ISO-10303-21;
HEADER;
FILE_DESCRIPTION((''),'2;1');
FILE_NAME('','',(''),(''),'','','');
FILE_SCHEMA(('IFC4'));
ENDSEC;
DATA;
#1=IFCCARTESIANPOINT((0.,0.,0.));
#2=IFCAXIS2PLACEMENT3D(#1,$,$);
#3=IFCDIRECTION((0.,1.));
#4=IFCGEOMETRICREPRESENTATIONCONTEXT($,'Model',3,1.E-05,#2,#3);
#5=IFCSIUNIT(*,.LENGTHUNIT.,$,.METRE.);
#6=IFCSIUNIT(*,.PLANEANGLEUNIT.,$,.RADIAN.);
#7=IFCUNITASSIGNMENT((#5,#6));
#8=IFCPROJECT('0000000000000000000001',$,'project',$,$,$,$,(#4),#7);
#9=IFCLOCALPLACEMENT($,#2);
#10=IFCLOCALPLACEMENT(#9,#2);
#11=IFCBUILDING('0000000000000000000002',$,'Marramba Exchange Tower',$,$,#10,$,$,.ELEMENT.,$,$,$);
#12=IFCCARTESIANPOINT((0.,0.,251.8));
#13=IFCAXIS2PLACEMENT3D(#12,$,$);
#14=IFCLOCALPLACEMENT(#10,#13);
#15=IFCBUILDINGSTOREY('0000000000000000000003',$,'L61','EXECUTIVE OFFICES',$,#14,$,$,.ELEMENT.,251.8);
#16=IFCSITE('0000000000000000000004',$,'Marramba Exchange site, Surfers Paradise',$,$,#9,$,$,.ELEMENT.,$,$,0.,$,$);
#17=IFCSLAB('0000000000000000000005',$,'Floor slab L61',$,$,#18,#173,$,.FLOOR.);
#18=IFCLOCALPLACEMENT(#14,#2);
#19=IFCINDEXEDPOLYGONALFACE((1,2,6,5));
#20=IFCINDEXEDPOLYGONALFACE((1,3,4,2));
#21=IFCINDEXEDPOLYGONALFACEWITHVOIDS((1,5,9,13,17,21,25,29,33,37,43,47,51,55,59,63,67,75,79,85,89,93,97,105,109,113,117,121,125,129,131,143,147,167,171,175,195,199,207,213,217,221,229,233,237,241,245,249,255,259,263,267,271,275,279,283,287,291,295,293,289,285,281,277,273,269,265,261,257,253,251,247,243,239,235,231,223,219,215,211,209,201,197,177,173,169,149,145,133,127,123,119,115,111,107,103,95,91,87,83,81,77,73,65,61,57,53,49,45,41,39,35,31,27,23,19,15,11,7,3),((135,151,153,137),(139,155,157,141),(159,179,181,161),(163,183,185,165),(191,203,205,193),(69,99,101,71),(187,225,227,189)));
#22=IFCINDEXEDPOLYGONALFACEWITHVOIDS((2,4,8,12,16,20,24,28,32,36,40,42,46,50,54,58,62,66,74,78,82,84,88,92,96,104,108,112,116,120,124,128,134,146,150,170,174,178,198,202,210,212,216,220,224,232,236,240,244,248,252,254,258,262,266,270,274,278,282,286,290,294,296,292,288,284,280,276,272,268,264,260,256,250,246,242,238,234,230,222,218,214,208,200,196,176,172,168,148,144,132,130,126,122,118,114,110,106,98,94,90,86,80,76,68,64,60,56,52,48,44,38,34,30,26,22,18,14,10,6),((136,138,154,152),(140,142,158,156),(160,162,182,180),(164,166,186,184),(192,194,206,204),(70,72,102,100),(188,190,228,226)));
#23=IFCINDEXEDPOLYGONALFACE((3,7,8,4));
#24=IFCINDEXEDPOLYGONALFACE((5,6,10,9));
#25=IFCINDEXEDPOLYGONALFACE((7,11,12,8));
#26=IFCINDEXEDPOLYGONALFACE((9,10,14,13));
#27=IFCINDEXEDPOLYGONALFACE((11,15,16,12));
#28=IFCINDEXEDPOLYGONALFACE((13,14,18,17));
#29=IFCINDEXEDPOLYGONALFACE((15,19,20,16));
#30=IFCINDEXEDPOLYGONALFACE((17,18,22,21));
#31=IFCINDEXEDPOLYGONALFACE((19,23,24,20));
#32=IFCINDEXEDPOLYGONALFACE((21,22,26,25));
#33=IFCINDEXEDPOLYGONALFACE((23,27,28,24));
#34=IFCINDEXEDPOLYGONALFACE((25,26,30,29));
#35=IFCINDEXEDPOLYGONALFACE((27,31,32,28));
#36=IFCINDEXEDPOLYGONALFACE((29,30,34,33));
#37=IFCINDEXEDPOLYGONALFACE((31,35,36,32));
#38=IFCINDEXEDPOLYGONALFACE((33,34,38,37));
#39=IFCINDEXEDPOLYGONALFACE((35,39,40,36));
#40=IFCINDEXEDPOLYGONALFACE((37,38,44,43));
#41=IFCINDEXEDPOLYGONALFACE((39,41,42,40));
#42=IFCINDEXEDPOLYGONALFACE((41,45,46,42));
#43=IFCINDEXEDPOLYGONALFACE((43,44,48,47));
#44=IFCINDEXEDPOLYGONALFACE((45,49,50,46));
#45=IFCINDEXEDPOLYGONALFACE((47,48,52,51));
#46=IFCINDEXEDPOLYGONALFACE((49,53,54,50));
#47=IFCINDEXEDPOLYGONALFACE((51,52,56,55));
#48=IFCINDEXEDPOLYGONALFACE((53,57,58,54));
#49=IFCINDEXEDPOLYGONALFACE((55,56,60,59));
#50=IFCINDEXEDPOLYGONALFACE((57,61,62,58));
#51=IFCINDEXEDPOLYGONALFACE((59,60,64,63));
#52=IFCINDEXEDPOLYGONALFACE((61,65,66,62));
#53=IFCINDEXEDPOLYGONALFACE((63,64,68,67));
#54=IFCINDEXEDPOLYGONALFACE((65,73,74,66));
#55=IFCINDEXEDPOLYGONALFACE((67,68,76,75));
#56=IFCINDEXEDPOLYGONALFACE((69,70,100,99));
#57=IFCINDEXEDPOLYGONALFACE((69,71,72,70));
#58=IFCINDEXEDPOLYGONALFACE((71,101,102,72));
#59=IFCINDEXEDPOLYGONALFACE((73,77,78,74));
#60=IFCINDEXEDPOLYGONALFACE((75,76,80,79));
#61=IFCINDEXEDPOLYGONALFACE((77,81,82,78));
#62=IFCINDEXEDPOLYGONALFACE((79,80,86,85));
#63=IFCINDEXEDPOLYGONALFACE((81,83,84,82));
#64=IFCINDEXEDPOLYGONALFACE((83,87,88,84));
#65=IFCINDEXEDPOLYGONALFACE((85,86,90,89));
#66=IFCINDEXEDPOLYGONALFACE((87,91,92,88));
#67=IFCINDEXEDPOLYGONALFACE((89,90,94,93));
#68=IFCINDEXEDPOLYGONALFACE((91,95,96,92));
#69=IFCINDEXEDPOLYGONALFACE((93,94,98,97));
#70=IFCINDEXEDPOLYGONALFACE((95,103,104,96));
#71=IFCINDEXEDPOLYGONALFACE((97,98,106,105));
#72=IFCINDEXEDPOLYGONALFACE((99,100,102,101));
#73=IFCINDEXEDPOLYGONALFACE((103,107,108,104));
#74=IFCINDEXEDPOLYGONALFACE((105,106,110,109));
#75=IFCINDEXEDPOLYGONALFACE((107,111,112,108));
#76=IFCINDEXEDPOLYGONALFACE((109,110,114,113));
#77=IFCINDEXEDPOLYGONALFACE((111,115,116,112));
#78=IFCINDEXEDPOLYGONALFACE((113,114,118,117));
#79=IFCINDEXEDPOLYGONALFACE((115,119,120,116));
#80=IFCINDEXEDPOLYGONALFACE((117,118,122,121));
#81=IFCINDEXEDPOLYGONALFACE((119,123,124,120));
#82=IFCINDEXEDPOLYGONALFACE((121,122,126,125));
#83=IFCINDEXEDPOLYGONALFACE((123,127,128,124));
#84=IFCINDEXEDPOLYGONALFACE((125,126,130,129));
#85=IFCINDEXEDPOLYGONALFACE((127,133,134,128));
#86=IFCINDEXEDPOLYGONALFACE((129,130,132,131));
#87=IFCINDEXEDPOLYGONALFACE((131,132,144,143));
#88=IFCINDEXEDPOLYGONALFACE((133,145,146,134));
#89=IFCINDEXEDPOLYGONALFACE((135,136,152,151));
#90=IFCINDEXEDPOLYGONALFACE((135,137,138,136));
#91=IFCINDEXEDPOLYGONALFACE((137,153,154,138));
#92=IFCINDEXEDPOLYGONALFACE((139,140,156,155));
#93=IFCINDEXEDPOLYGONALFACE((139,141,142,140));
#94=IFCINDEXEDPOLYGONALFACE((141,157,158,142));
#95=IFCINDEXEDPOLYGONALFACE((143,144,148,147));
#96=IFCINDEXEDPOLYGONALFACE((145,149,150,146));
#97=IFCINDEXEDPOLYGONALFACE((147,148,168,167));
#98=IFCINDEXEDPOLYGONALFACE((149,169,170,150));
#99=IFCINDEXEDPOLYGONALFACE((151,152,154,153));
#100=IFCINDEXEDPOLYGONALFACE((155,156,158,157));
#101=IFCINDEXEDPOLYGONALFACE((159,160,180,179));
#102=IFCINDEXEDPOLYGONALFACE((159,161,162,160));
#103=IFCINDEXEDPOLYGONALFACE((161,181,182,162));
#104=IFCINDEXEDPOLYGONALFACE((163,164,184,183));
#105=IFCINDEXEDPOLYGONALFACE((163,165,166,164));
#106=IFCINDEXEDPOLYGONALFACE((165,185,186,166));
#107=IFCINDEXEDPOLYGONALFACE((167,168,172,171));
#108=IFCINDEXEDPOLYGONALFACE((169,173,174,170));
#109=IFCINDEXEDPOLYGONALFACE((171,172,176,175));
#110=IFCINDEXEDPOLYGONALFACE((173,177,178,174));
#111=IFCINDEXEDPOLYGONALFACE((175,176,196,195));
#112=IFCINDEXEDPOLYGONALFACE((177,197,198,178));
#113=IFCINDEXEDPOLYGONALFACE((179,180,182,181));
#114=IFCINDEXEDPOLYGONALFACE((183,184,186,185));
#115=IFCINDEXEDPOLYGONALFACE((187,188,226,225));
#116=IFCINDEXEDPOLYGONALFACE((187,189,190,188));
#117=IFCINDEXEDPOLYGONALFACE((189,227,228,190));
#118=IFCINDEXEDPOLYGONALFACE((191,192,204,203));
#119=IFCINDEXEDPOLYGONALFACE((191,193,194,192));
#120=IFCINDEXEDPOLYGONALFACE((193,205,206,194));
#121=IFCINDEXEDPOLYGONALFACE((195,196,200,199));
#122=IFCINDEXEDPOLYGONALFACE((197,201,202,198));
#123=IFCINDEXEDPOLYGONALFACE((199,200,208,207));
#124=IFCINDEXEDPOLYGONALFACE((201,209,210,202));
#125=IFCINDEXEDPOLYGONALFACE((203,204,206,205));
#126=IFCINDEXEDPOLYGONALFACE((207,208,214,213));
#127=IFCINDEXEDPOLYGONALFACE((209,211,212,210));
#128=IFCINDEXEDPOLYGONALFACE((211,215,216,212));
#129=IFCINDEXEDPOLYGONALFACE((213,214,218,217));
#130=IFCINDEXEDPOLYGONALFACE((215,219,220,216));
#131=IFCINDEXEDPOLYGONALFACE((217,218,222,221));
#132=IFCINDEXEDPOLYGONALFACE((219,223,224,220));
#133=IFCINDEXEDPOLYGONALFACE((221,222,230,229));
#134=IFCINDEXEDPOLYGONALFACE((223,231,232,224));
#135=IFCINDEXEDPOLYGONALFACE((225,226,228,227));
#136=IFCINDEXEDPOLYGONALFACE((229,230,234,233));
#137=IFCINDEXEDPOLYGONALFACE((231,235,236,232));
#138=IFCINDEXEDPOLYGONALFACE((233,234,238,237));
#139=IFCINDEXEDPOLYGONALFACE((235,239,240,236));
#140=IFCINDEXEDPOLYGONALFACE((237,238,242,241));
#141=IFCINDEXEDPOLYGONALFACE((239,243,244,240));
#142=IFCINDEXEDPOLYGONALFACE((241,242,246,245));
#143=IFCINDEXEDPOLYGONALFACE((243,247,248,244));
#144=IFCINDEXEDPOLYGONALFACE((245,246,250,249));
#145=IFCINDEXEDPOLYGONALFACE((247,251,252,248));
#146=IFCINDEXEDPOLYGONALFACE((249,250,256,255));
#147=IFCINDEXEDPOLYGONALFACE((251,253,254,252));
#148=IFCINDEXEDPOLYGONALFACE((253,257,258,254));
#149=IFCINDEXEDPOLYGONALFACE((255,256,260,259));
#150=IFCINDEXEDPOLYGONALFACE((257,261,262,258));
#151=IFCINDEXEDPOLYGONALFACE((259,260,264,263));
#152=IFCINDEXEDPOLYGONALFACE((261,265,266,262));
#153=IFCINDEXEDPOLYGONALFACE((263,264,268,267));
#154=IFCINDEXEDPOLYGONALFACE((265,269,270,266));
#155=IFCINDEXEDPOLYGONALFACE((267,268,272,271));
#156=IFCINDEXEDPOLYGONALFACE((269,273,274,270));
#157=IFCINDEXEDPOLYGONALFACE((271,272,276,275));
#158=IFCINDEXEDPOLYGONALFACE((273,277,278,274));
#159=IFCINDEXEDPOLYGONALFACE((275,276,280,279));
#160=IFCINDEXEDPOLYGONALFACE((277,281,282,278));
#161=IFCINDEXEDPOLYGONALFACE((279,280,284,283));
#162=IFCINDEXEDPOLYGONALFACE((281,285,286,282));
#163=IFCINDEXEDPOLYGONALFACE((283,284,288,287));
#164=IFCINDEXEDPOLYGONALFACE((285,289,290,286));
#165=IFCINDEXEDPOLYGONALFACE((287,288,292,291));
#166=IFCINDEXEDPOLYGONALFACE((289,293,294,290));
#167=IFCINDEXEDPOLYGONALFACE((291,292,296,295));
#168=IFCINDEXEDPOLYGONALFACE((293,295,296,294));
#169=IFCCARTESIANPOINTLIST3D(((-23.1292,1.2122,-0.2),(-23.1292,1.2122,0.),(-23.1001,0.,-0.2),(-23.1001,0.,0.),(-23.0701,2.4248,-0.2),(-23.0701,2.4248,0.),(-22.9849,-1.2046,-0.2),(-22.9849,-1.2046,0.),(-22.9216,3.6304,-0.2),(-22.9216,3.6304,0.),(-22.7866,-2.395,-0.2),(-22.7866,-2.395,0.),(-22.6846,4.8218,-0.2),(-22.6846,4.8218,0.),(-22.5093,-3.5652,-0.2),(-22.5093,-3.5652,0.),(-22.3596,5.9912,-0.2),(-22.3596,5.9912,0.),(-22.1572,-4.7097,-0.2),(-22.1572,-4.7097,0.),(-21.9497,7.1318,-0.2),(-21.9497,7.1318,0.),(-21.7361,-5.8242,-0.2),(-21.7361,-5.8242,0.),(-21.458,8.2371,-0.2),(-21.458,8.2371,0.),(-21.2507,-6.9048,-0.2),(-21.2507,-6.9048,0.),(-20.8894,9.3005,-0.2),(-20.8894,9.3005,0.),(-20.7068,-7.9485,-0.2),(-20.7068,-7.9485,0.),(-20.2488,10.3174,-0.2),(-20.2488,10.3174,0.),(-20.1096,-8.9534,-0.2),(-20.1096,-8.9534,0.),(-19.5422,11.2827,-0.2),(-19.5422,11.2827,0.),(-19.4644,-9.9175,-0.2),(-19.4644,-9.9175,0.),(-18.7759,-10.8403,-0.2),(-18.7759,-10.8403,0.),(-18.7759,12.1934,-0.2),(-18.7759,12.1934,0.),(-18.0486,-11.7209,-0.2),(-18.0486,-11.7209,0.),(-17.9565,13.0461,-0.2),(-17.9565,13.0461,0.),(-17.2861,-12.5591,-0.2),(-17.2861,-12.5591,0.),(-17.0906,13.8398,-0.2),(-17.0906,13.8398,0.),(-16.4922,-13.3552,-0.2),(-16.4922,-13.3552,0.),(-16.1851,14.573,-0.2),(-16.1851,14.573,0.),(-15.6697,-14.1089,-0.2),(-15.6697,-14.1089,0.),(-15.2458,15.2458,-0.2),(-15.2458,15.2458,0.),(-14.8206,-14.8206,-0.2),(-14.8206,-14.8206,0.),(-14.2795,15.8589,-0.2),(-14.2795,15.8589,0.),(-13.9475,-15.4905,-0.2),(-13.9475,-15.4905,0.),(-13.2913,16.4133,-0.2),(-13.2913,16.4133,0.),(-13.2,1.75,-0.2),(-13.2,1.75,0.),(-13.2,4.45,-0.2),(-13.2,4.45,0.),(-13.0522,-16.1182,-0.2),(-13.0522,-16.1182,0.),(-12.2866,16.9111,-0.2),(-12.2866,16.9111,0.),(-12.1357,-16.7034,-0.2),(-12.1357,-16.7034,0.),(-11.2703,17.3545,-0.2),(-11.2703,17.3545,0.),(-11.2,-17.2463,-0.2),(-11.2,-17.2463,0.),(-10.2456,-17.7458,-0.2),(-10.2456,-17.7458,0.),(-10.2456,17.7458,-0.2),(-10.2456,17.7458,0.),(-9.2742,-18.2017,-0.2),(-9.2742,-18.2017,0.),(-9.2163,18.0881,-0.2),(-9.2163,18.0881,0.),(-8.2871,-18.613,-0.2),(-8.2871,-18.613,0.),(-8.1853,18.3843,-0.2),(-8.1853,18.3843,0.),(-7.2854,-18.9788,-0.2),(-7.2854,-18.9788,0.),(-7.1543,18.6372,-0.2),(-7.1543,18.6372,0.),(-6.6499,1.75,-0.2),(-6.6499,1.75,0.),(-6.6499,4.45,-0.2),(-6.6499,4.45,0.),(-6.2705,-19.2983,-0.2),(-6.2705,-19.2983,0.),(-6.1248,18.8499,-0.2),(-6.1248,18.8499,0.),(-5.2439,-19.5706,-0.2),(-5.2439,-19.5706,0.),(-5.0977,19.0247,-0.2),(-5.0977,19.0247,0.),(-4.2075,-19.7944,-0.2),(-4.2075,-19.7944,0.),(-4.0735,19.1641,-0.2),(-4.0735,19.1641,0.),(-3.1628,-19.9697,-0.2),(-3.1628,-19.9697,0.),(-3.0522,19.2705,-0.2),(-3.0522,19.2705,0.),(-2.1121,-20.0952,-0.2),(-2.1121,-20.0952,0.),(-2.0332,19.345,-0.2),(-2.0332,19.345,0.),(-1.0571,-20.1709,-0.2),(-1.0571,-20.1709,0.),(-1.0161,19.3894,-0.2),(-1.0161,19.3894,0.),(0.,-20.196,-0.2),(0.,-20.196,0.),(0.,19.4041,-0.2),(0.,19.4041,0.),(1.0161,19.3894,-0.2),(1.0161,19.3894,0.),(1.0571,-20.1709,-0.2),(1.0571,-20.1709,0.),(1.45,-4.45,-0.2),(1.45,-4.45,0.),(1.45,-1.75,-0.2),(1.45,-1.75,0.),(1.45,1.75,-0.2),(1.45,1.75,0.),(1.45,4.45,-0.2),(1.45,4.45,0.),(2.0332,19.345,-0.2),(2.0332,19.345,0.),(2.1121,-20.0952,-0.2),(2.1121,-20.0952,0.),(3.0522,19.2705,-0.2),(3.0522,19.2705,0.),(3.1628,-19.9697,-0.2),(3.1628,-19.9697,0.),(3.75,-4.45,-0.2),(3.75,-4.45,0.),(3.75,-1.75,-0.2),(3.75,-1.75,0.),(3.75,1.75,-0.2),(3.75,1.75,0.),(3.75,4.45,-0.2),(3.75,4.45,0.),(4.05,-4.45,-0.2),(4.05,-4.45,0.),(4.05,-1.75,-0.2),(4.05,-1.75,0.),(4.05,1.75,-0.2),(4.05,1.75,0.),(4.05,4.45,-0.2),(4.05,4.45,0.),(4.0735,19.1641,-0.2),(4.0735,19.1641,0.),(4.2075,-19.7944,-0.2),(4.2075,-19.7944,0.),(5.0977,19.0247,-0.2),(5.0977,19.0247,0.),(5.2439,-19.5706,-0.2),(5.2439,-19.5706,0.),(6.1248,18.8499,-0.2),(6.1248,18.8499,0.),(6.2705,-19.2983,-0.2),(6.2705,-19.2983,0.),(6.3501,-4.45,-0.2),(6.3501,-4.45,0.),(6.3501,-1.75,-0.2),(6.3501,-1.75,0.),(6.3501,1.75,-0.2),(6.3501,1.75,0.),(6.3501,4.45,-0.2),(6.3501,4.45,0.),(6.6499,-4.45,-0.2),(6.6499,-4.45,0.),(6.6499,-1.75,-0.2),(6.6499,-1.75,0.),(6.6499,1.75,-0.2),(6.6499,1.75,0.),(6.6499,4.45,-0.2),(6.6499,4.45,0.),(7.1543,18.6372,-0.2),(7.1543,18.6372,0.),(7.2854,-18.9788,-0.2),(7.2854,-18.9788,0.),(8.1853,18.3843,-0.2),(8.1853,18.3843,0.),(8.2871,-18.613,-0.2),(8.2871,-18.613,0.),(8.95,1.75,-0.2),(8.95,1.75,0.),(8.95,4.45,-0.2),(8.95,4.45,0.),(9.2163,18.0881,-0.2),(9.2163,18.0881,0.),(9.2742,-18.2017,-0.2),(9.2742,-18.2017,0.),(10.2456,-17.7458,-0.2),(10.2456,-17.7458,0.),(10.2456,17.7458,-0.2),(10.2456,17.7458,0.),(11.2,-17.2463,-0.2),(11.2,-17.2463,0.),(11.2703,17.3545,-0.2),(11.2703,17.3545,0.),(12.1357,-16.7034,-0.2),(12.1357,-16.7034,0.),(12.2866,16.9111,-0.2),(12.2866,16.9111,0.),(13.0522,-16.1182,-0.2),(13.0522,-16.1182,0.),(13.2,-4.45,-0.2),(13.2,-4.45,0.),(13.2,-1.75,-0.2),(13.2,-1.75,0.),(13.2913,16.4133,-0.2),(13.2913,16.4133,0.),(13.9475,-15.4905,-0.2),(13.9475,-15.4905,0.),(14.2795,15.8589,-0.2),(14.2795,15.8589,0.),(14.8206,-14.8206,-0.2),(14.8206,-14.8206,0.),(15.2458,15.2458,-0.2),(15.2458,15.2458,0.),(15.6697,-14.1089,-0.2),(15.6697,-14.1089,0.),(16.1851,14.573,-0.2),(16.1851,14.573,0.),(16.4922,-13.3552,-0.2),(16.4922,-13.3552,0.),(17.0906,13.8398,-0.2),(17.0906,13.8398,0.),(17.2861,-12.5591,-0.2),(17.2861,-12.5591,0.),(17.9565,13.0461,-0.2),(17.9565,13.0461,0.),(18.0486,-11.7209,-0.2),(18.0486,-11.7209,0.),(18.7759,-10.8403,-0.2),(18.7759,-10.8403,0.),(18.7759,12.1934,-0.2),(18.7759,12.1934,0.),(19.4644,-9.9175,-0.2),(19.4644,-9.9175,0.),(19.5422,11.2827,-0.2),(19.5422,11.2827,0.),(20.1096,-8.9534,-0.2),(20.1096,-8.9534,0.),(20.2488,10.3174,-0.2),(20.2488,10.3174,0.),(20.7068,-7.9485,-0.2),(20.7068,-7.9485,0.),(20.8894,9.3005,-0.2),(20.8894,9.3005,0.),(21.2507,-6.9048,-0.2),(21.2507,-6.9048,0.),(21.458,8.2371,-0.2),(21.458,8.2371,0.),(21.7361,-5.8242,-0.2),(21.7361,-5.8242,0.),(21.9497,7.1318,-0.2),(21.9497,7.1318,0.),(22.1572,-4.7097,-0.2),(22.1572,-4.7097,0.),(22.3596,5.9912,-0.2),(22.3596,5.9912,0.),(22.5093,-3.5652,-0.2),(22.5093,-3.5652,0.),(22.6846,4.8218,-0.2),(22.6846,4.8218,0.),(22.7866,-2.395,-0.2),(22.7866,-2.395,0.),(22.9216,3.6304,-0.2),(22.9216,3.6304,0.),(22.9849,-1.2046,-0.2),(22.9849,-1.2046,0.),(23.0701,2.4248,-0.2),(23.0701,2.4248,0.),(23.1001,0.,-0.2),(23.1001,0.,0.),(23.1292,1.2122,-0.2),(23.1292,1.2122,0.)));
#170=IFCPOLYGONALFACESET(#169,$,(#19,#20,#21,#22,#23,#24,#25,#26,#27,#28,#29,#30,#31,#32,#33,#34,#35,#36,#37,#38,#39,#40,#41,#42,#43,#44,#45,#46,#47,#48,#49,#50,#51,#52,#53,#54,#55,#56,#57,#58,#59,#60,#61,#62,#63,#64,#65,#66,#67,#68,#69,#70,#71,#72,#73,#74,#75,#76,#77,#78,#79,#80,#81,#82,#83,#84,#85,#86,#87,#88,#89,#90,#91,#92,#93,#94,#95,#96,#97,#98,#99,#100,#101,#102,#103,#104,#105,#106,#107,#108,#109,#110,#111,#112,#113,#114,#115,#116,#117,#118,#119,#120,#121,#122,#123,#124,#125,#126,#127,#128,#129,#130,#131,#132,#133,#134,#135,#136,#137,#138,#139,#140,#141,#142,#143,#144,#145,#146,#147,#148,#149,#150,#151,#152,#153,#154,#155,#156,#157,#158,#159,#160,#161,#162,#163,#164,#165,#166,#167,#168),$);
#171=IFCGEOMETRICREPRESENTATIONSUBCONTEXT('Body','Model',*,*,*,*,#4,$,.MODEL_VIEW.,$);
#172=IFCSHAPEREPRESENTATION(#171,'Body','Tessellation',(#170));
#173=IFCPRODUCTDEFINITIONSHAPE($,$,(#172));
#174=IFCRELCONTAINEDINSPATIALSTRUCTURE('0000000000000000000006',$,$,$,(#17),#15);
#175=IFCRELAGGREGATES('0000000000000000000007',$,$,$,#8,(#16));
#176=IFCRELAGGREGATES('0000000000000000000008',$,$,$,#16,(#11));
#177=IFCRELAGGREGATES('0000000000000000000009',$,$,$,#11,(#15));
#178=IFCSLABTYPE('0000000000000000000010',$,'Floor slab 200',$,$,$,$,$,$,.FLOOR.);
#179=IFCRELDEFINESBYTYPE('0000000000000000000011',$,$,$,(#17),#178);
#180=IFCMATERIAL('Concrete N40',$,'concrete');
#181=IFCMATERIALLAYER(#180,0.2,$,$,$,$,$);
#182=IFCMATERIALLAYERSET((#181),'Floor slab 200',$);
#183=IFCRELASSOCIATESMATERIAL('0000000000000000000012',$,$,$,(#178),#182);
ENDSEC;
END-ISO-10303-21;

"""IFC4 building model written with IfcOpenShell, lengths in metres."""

from ifc_helpers import new_model, si_unit, direction, frame, origin, place, context, subcontext, project, spatial, polyline, outline, extrude, material, layer, layer_set, type_object, element, save


model = new_model("IFC4")

# Units and contexts
model_context = context("Model", 3, precision=1e-05, world=origin(), true_north=direction((0.0, 1.0)))
body_context = subcontext(model_context, "Body", "Model", "MODEL_VIEW")
ifc_project = project(units=[si_unit("LENGTHUNIT", "METRE"), si_unit("PLANEANGLEUNIT", "RADIAN")], contexts=[model_context])

# Site, building, storey
site_placement = place(None, origin())
site = spatial("IfcSite", under=ifc_project, at=site_placement, Name="Marramba Exchange site, Surfers Paradise", CompositionType="ELEMENT", RefElevation=0.0)
building_placement = place(site_placement, origin())
building = spatial("IfcBuilding", under=site, at=building_placement, Name="Marramba Exchange Tower", CompositionType="ELEMENT")
storey_placement = place(building_placement, frame((0.0, 0.0, 251.8)))
storey = spatial("IfcBuildingStorey", under=building, at=storey_placement, Name="L61", Description="EXECUTIVE OFFICES", CompositionType="ELEMENT", Elevation=251.8)

# Slab
ifc_material_1 = material(Name="Concrete N40", Category="concrete")
ifc_layer_1 = layer(ifc_material_1, 0.2)
ifc_layer_set_1 = layer_set([ifc_layer_1], Name="Floor slab 200")
slab_type_1 = type_object("IfcSlabType", Name="Floor slab 200", PredefinedType="FLOOR", material=ifc_layer_set_1)
slab_1_placement = place(storey_placement, frame((0.0, 0.0, -0.2)))
element("IfcSlab", 1, at=slab_1_placement, inside=storey, type_object=slab_type_1, Name="Floor slab L61", PredefinedType="FLOOR", context=body_context, shape_type="SweptSolid", body=[
    extrude(outline(polyline([(23.1001, 0.0), (23.1292, 1.2122), (23.0701, 2.4248), (22.9216, 3.6304), (22.6846, 4.8218), (22.3596, 5.9912), (21.9497, 7.1318), (21.458, 8.2371), (20.8894, 9.3005), (20.2488, 10.3174), (19.5422, 11.2827), (18.7759, 12.1934), (17.9565, 13.0461), (17.0906, 13.8398), (16.1851, 14.573), (15.2458, 15.2458), (14.2795, 15.8589), (13.2913, 16.4133), (12.2866, 16.9111), (11.2703, 17.3545), (10.2456, 17.7458), (9.2163, 18.0881), (8.1853, 18.3843), (7.1543, 18.6372), (6.1248, 18.8499), (5.0977, 19.0247), (4.0735, 19.1641), (3.0522, 19.2705), (2.0332, 19.345), (1.0161, 19.3894), (0.0, 19.4041), (-1.0161, 19.3894), (-2.0332, 19.345), (-3.0522, 19.2705), (-4.0735, 19.1641), (-5.0977, 19.0247), (-6.1248, 18.8499), (-7.1543, 18.6372), (-8.1853, 18.3843), (-9.2163, 18.0881), (-10.2456, 17.7458), (-11.2703, 17.3545), (-12.2866, 16.9111), (-13.2913, 16.4133), (-14.2795, 15.8589), (-15.2458, 15.2458), (-16.1851, 14.573), (-17.0906, 13.8398), (-17.9565, 13.0461), (-18.7759, 12.1934), (-19.5422, 11.2827), (-20.2488, 10.3174), (-20.8894, 9.3005), (-21.458, 8.2371), (-21.9497, 7.1318), (-22.3596, 5.9912), (-22.6846, 4.8218), (-22.9216, 3.6304), (-23.0701, 2.4248), (-23.1292, 1.2122), (-23.1001, 0.0), (-22.9849, -1.2046), (-22.7866, -2.395), (-22.5093, -3.5652), (-22.1572, -4.7097), (-21.7361, -5.8242), (-21.2507, -6.9048), (-20.7068, -7.9485), (-20.1096, -8.9534), (-19.4644, -9.9175), (-18.7759, -10.8403), (-18.0486, -11.7209), (-17.2861, -12.5591), (-16.4922, -13.3552), (-15.6697, -14.1089), (-14.8206, -14.8206), (-13.9475, -15.4905), (-13.0522, -16.1182), (-12.1357, -16.7034), (-11.2, -17.2463), (-10.2456, -17.7458), (-9.2742, -18.2017), (-8.2871, -18.613), (-7.2854, -18.9788), (-6.2705, -19.2983), (-5.2439, -19.5706), (-4.2075, -19.7944), (-3.1628, -19.9697), (-2.1121, -20.0952), (-1.0571, -20.1709), (0.0, -20.196), (1.0571, -20.1709), (2.1121, -20.0952), (3.1628, -19.9697), (4.2075, -19.7944), (5.2439, -19.5706), (6.2705, -19.2983), (7.2854, -18.9788), (8.2871, -18.613), (9.2742, -18.2017), (10.2456, -17.7458), (11.2, -17.2463), (12.1357, -16.7034), (13.0522, -16.1182), (13.9475, -15.4905), (14.8206, -14.8206), (15.6697, -14.1089), (16.4922, -13.3552), (17.2861, -12.5591), (18.0486, -11.7209), (18.7759, -10.8403), (19.4644, -9.9175), (20.1096, -8.9534), (20.7068, -7.9485), (21.2507, -6.9048), (21.7361, -5.8242), (22.1572, -4.7097), (22.5093, -3.5652), (22.7866, -2.395), (22.9849, -1.2046), (23.1001, 0.0)]), holes=[polyline([(1.45, 1.75), (3.75, 1.75), (3.75, 4.45), (1.45, 4.45), (1.45, 1.75)]), polyline([(4.05, 1.75), (6.3501, 1.75), (6.3501, 4.45), (4.05, 4.45), (4.05, 1.75)]), polyline([(1.45, -4.45), (3.75, -4.45), (3.75, -1.75), (1.45, -1.75), (1.45, -4.45)]), polyline([(4.05, -4.45), (6.3501, -4.45), (6.3501, -1.75), (4.05, -1.75), (4.05, -4.45)]), polyline([(6.6499, 1.75), (8.95, 1.75), (8.95, 4.45), (6.6499, 4.45), (6.6499, 1.75)]), polyline([(-13.2, 1.75), (-6.6499, 1.75), (-6.6499, 4.45), (-13.2, 4.45), (-13.2, 1.75)]), polyline([(6.6499, -4.45), (13.2, -4.45), (13.2, -1.75), (6.6499, -1.75), (6.6499, -4.45)])]), origin(), (0.0, 0.0, 1.0), 0.2),
])

save(model, "model.ifc")
